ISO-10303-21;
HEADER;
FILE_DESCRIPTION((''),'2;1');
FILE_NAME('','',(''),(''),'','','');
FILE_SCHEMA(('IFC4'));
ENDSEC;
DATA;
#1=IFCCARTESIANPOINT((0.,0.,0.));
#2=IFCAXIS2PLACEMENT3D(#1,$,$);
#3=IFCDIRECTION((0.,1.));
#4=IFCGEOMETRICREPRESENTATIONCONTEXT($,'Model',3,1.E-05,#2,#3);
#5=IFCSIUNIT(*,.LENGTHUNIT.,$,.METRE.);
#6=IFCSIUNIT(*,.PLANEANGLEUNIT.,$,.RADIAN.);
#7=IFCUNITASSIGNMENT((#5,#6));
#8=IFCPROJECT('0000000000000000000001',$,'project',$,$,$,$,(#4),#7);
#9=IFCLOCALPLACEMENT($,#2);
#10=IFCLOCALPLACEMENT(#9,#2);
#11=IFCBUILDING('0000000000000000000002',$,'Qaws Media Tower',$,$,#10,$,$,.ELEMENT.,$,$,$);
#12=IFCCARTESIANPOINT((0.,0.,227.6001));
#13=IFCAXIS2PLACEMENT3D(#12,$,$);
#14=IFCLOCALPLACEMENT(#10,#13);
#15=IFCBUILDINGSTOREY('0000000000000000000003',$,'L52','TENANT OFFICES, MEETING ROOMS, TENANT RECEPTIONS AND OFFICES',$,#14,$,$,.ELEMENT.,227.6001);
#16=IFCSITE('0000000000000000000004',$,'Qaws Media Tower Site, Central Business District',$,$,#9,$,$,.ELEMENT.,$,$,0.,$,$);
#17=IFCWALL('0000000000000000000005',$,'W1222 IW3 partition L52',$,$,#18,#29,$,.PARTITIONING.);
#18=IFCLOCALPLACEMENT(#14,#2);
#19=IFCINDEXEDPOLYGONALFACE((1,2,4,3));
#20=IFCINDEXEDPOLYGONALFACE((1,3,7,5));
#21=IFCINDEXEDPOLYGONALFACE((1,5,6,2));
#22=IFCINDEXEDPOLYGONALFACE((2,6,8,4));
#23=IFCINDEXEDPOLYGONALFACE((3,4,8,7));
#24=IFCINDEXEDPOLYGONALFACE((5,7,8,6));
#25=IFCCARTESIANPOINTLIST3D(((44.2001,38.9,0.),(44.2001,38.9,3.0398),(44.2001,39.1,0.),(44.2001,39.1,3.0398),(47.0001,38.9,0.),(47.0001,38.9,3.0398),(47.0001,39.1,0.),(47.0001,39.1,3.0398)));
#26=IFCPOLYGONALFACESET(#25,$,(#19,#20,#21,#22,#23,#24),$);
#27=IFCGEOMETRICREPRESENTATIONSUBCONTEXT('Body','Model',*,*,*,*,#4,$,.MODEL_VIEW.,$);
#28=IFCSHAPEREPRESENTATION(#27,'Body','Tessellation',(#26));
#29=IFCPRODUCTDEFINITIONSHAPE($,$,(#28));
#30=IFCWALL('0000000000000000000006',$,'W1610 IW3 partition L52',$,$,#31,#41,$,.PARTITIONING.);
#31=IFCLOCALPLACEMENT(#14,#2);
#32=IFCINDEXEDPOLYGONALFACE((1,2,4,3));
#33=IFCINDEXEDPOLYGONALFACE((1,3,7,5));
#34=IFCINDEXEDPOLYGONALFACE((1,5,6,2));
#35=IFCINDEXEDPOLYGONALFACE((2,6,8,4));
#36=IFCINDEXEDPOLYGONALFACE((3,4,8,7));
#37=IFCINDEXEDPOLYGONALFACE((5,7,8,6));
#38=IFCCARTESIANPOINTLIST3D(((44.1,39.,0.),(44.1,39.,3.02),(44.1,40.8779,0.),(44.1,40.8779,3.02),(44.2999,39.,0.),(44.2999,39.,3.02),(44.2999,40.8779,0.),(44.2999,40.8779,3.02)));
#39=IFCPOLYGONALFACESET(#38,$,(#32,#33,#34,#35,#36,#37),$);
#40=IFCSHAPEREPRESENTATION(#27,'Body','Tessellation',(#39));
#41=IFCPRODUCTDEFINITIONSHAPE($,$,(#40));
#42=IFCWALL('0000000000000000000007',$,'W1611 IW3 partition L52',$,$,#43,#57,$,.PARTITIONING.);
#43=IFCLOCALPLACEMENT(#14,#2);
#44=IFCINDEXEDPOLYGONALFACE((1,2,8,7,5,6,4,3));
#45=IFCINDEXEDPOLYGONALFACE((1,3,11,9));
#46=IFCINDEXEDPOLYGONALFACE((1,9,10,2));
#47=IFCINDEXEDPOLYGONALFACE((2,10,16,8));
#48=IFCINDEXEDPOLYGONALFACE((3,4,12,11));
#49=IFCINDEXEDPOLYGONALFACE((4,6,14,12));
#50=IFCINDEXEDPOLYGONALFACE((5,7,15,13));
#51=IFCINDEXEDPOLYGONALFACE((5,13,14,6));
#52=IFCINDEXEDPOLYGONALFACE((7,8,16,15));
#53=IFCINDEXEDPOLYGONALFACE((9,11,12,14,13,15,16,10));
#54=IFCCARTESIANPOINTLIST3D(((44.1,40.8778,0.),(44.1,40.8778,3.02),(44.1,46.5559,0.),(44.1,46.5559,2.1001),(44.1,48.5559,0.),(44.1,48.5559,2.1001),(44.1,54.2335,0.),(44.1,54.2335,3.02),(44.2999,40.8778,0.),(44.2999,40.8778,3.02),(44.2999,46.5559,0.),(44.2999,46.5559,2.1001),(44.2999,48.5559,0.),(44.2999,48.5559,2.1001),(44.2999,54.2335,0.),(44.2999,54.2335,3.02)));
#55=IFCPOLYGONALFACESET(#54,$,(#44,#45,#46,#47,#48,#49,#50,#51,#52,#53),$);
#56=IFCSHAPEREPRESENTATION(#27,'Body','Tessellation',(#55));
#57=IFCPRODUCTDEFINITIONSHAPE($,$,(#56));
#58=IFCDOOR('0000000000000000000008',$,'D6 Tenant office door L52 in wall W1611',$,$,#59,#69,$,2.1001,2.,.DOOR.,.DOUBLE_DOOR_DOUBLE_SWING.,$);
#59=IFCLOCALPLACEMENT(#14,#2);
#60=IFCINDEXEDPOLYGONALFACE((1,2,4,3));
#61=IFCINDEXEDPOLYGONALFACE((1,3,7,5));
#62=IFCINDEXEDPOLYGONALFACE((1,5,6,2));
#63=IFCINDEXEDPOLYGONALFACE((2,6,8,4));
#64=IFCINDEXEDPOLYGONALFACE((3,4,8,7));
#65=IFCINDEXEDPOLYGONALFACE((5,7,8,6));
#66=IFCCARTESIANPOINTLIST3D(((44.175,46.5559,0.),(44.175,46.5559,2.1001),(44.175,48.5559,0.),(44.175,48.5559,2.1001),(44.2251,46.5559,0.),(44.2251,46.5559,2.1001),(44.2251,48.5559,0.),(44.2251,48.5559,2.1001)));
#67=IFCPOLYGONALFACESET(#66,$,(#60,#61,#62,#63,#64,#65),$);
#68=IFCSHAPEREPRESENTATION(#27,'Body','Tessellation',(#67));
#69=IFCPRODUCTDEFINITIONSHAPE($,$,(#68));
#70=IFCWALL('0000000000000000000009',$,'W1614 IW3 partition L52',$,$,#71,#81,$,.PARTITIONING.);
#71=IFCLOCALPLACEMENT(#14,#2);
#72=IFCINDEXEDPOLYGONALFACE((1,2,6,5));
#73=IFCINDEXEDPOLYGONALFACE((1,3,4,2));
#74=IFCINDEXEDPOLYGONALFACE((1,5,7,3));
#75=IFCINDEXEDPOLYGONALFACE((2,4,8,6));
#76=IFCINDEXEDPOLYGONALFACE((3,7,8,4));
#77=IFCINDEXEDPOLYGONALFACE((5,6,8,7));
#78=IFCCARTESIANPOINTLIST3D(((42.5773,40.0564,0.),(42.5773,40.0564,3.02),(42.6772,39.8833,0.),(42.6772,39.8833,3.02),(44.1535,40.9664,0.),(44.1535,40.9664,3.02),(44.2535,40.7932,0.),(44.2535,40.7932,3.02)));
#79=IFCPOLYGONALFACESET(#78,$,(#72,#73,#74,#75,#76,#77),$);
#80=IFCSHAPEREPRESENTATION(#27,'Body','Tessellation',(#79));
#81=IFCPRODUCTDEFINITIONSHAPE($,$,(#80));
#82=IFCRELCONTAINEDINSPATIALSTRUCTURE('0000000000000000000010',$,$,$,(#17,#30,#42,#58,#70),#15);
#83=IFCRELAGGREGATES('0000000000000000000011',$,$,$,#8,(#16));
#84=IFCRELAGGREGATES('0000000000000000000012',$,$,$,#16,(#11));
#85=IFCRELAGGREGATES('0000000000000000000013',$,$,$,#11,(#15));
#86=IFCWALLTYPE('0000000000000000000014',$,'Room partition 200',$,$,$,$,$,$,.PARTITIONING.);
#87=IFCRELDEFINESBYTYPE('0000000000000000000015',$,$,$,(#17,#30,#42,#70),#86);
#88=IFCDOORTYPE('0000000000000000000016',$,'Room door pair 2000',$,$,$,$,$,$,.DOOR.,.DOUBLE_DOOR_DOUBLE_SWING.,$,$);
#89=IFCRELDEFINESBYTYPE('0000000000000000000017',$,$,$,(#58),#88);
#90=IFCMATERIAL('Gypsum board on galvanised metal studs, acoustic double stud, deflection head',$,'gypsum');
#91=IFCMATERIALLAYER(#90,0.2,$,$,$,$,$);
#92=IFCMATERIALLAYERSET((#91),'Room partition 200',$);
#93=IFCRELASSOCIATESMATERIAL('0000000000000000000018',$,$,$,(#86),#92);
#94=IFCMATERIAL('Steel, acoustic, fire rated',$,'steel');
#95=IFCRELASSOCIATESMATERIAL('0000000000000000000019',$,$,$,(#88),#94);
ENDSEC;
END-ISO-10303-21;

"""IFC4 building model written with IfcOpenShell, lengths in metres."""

from ifc_helpers import new_model, si_unit, direction, frame, frame_2d, origin, place, context, subcontext, project, spatial, rectangle, extrude, material, layer, layer_set, type_object, element, fill, save


model = new_model("IFC4")

# Units and contexts
model_context = context("Model", 3, precision=1e-05, world=origin(), true_north=direction((0.0, 1.0)))
body_context = subcontext(model_context, "Body", "Model", "MODEL_VIEW")
ifc_project = project(units=[si_unit("LENGTHUNIT", "METRE"), si_unit("PLANEANGLEUNIT", "RADIAN")], contexts=[model_context])

# Site, building, storey
site_placement = place(None, origin())
site = spatial("IfcSite", under=ifc_project, at=site_placement, Name="Qaws Media Tower Site, Central Business District", CompositionType="ELEMENT", RefElevation=0.0)
building_placement = place(site_placement, origin())
building = spatial("IfcBuilding", under=site, at=building_placement, Name="Qaws Media Tower", CompositionType="ELEMENT")
storey_placement = place(building_placement, frame((0.0, 0.0, 227.6001)))
storey = spatial("IfcBuildingStorey", under=building, at=storey_placement, Name="L52", Description="TENANT OFFICES, MEETING ROOMS, TENANT RECEPTIONS AND OFFICES", CompositionType="ELEMENT", Elevation=227.6001)

# Shared definitions
ifc_material_1 = material(Name="Gypsum board on galvanised metal studs, acoustic double stud, deflection head", Category="gypsum")
ifc_layer_1 = layer(ifc_material_1, 0.2)
ifc_layer_set_1 = layer_set([ifc_layer_1], Name="Room partition 200")
wall_type = type_object("IfcWallType", Name="Room partition 200", PredefinedType="PARTITIONING", material=ifc_layer_set_1)

# Shared definitions
ifc_material_2 = material(Name="Steel, acoustic, fire rated", Category="steel")
door_type = type_object("IfcDoorType", Name="Room door pair 2000", OperationType="DOUBLE_DOOR_DOUBLE_SWING", PredefinedType="DOOR", material=ifc_material_2)

# Walls
wall_1_placement = place(storey_placement, frame((47.0, 39.0, 0.0), z_axis=(0.0, 0.0, 1.0), x_axis=(-1.0, 0.0, 0.0)))
element("IfcWall", 1, at=wall_1_placement, inside=storey, type_object=wall_type, Name="W1222 IW3 partition L52", PredefinedType="PARTITIONING", context=body_context, shape_type="SweptSolid", body=[
    extrude(rectangle(XDim=2.8, YDim=0.2, at=frame_2d((1.3999, 0.0))), origin(), (0.0, 0.0, 1.0), 3.0398),
])
wall_2_placement = place(storey_placement, frame((44.2, 39.0, 0.0), z_axis=(0.0, 0.0, 1.0), x_axis=(0.0, 1.0, 0.0)))
element("IfcWall", 2, at=wall_2_placement, inside=storey, type_object=wall_type, Name="W1610 IW3 partition L52", PredefinedType="PARTITIONING", context=body_context, shape_type="SweptSolid", body=[
    extrude(rectangle(XDim=1.8779, YDim=0.2, at=frame_2d((0.939, 0.0))), origin(), (0.0, 0.0, 1.0), 3.02),
])

# Wall, opening, door
wall_3_placement = place(storey_placement, frame((44.2, 40.8779, 0.0), z_axis=(0.0, 0.0, 1.0), x_axis=(0.0, 1.0, 0.0)))
wall_3 = element("IfcWall", 3, at=wall_3_placement, inside=storey, type_object=wall_type, Name="W1611 IW3 partition L52", PredefinedType="PARTITIONING", context=body_context, shape_type="SweptSolid", body=[
    extrude(rectangle(XDim=13.3557, YDim=0.2, at=frame_2d((6.6777, 0.0))), origin(), (0.0, 0.0, 1.0), 3.02),
])
opening_1_placement = place(wall_3_placement, frame((5.678, 0.0, 0.0)))
opening_1 = element("IfcOpeningElement", 4, at=opening_1_placement, cuts=wall_3, PredefinedType="OPENING", context=body_context, shape_type="SweptSolid", body=[
    extrude(rectangle(XDim=2.0, YDim=2.1001, at=frame_2d((1.0, 1.05))), frame((0.0, 0.1099, 0.0), z_axis=(0.0, -1.0, 0.0), x_axis=(1.0, 0.0, 0.0)), (0.0, 0.0, 1.0), 0.22),
])
door_1_placement = place(opening_1_placement, origin())
door_1 = element("IfcDoor", 5, at=door_1_placement, inside=storey, type_object=door_type, Name="D6 Tenant office door L52 in wall W1611", OperationType="DOUBLE_DOOR_DOUBLE_SWING", OverallHeight=2.1001, OverallWidth=2.0, PredefinedType="DOOR", context=body_context, shape_type="SweptSolid", body=[
    extrude(rectangle(XDim=2.0, YDim=2.1001, at=frame_2d((1.0, 1.05))), frame((0.0, 0.0249, 0.0), z_axis=(0.0, -1.0, 0.0), x_axis=(1.0, 0.0, 0.0)), (0.0, 0.0, 1.0), 0.05),
])
fill(opening_1, door_1)

# Wall
wall_4_placement = place(storey_placement, frame((44.2036, 40.8799, 0.0), z_axis=(0.0, 0.0, 1.0), x_axis=(-0.866047, -0.499962, 0.0)))
element("IfcWall", 6, at=wall_4_placement, inside=storey, type_object=wall_type, Name="W1614 IW3 partition L52", PredefinedType="PARTITIONING", context=body_context, shape_type="SweptSolid", body=[
    extrude(rectangle(XDim=1.8201, YDim=0.2, at=frame_2d((0.9102, 0.0))), origin(), (0.0, 0.0, 1.0), 3.02),
])

save(model, "model.ifc")
